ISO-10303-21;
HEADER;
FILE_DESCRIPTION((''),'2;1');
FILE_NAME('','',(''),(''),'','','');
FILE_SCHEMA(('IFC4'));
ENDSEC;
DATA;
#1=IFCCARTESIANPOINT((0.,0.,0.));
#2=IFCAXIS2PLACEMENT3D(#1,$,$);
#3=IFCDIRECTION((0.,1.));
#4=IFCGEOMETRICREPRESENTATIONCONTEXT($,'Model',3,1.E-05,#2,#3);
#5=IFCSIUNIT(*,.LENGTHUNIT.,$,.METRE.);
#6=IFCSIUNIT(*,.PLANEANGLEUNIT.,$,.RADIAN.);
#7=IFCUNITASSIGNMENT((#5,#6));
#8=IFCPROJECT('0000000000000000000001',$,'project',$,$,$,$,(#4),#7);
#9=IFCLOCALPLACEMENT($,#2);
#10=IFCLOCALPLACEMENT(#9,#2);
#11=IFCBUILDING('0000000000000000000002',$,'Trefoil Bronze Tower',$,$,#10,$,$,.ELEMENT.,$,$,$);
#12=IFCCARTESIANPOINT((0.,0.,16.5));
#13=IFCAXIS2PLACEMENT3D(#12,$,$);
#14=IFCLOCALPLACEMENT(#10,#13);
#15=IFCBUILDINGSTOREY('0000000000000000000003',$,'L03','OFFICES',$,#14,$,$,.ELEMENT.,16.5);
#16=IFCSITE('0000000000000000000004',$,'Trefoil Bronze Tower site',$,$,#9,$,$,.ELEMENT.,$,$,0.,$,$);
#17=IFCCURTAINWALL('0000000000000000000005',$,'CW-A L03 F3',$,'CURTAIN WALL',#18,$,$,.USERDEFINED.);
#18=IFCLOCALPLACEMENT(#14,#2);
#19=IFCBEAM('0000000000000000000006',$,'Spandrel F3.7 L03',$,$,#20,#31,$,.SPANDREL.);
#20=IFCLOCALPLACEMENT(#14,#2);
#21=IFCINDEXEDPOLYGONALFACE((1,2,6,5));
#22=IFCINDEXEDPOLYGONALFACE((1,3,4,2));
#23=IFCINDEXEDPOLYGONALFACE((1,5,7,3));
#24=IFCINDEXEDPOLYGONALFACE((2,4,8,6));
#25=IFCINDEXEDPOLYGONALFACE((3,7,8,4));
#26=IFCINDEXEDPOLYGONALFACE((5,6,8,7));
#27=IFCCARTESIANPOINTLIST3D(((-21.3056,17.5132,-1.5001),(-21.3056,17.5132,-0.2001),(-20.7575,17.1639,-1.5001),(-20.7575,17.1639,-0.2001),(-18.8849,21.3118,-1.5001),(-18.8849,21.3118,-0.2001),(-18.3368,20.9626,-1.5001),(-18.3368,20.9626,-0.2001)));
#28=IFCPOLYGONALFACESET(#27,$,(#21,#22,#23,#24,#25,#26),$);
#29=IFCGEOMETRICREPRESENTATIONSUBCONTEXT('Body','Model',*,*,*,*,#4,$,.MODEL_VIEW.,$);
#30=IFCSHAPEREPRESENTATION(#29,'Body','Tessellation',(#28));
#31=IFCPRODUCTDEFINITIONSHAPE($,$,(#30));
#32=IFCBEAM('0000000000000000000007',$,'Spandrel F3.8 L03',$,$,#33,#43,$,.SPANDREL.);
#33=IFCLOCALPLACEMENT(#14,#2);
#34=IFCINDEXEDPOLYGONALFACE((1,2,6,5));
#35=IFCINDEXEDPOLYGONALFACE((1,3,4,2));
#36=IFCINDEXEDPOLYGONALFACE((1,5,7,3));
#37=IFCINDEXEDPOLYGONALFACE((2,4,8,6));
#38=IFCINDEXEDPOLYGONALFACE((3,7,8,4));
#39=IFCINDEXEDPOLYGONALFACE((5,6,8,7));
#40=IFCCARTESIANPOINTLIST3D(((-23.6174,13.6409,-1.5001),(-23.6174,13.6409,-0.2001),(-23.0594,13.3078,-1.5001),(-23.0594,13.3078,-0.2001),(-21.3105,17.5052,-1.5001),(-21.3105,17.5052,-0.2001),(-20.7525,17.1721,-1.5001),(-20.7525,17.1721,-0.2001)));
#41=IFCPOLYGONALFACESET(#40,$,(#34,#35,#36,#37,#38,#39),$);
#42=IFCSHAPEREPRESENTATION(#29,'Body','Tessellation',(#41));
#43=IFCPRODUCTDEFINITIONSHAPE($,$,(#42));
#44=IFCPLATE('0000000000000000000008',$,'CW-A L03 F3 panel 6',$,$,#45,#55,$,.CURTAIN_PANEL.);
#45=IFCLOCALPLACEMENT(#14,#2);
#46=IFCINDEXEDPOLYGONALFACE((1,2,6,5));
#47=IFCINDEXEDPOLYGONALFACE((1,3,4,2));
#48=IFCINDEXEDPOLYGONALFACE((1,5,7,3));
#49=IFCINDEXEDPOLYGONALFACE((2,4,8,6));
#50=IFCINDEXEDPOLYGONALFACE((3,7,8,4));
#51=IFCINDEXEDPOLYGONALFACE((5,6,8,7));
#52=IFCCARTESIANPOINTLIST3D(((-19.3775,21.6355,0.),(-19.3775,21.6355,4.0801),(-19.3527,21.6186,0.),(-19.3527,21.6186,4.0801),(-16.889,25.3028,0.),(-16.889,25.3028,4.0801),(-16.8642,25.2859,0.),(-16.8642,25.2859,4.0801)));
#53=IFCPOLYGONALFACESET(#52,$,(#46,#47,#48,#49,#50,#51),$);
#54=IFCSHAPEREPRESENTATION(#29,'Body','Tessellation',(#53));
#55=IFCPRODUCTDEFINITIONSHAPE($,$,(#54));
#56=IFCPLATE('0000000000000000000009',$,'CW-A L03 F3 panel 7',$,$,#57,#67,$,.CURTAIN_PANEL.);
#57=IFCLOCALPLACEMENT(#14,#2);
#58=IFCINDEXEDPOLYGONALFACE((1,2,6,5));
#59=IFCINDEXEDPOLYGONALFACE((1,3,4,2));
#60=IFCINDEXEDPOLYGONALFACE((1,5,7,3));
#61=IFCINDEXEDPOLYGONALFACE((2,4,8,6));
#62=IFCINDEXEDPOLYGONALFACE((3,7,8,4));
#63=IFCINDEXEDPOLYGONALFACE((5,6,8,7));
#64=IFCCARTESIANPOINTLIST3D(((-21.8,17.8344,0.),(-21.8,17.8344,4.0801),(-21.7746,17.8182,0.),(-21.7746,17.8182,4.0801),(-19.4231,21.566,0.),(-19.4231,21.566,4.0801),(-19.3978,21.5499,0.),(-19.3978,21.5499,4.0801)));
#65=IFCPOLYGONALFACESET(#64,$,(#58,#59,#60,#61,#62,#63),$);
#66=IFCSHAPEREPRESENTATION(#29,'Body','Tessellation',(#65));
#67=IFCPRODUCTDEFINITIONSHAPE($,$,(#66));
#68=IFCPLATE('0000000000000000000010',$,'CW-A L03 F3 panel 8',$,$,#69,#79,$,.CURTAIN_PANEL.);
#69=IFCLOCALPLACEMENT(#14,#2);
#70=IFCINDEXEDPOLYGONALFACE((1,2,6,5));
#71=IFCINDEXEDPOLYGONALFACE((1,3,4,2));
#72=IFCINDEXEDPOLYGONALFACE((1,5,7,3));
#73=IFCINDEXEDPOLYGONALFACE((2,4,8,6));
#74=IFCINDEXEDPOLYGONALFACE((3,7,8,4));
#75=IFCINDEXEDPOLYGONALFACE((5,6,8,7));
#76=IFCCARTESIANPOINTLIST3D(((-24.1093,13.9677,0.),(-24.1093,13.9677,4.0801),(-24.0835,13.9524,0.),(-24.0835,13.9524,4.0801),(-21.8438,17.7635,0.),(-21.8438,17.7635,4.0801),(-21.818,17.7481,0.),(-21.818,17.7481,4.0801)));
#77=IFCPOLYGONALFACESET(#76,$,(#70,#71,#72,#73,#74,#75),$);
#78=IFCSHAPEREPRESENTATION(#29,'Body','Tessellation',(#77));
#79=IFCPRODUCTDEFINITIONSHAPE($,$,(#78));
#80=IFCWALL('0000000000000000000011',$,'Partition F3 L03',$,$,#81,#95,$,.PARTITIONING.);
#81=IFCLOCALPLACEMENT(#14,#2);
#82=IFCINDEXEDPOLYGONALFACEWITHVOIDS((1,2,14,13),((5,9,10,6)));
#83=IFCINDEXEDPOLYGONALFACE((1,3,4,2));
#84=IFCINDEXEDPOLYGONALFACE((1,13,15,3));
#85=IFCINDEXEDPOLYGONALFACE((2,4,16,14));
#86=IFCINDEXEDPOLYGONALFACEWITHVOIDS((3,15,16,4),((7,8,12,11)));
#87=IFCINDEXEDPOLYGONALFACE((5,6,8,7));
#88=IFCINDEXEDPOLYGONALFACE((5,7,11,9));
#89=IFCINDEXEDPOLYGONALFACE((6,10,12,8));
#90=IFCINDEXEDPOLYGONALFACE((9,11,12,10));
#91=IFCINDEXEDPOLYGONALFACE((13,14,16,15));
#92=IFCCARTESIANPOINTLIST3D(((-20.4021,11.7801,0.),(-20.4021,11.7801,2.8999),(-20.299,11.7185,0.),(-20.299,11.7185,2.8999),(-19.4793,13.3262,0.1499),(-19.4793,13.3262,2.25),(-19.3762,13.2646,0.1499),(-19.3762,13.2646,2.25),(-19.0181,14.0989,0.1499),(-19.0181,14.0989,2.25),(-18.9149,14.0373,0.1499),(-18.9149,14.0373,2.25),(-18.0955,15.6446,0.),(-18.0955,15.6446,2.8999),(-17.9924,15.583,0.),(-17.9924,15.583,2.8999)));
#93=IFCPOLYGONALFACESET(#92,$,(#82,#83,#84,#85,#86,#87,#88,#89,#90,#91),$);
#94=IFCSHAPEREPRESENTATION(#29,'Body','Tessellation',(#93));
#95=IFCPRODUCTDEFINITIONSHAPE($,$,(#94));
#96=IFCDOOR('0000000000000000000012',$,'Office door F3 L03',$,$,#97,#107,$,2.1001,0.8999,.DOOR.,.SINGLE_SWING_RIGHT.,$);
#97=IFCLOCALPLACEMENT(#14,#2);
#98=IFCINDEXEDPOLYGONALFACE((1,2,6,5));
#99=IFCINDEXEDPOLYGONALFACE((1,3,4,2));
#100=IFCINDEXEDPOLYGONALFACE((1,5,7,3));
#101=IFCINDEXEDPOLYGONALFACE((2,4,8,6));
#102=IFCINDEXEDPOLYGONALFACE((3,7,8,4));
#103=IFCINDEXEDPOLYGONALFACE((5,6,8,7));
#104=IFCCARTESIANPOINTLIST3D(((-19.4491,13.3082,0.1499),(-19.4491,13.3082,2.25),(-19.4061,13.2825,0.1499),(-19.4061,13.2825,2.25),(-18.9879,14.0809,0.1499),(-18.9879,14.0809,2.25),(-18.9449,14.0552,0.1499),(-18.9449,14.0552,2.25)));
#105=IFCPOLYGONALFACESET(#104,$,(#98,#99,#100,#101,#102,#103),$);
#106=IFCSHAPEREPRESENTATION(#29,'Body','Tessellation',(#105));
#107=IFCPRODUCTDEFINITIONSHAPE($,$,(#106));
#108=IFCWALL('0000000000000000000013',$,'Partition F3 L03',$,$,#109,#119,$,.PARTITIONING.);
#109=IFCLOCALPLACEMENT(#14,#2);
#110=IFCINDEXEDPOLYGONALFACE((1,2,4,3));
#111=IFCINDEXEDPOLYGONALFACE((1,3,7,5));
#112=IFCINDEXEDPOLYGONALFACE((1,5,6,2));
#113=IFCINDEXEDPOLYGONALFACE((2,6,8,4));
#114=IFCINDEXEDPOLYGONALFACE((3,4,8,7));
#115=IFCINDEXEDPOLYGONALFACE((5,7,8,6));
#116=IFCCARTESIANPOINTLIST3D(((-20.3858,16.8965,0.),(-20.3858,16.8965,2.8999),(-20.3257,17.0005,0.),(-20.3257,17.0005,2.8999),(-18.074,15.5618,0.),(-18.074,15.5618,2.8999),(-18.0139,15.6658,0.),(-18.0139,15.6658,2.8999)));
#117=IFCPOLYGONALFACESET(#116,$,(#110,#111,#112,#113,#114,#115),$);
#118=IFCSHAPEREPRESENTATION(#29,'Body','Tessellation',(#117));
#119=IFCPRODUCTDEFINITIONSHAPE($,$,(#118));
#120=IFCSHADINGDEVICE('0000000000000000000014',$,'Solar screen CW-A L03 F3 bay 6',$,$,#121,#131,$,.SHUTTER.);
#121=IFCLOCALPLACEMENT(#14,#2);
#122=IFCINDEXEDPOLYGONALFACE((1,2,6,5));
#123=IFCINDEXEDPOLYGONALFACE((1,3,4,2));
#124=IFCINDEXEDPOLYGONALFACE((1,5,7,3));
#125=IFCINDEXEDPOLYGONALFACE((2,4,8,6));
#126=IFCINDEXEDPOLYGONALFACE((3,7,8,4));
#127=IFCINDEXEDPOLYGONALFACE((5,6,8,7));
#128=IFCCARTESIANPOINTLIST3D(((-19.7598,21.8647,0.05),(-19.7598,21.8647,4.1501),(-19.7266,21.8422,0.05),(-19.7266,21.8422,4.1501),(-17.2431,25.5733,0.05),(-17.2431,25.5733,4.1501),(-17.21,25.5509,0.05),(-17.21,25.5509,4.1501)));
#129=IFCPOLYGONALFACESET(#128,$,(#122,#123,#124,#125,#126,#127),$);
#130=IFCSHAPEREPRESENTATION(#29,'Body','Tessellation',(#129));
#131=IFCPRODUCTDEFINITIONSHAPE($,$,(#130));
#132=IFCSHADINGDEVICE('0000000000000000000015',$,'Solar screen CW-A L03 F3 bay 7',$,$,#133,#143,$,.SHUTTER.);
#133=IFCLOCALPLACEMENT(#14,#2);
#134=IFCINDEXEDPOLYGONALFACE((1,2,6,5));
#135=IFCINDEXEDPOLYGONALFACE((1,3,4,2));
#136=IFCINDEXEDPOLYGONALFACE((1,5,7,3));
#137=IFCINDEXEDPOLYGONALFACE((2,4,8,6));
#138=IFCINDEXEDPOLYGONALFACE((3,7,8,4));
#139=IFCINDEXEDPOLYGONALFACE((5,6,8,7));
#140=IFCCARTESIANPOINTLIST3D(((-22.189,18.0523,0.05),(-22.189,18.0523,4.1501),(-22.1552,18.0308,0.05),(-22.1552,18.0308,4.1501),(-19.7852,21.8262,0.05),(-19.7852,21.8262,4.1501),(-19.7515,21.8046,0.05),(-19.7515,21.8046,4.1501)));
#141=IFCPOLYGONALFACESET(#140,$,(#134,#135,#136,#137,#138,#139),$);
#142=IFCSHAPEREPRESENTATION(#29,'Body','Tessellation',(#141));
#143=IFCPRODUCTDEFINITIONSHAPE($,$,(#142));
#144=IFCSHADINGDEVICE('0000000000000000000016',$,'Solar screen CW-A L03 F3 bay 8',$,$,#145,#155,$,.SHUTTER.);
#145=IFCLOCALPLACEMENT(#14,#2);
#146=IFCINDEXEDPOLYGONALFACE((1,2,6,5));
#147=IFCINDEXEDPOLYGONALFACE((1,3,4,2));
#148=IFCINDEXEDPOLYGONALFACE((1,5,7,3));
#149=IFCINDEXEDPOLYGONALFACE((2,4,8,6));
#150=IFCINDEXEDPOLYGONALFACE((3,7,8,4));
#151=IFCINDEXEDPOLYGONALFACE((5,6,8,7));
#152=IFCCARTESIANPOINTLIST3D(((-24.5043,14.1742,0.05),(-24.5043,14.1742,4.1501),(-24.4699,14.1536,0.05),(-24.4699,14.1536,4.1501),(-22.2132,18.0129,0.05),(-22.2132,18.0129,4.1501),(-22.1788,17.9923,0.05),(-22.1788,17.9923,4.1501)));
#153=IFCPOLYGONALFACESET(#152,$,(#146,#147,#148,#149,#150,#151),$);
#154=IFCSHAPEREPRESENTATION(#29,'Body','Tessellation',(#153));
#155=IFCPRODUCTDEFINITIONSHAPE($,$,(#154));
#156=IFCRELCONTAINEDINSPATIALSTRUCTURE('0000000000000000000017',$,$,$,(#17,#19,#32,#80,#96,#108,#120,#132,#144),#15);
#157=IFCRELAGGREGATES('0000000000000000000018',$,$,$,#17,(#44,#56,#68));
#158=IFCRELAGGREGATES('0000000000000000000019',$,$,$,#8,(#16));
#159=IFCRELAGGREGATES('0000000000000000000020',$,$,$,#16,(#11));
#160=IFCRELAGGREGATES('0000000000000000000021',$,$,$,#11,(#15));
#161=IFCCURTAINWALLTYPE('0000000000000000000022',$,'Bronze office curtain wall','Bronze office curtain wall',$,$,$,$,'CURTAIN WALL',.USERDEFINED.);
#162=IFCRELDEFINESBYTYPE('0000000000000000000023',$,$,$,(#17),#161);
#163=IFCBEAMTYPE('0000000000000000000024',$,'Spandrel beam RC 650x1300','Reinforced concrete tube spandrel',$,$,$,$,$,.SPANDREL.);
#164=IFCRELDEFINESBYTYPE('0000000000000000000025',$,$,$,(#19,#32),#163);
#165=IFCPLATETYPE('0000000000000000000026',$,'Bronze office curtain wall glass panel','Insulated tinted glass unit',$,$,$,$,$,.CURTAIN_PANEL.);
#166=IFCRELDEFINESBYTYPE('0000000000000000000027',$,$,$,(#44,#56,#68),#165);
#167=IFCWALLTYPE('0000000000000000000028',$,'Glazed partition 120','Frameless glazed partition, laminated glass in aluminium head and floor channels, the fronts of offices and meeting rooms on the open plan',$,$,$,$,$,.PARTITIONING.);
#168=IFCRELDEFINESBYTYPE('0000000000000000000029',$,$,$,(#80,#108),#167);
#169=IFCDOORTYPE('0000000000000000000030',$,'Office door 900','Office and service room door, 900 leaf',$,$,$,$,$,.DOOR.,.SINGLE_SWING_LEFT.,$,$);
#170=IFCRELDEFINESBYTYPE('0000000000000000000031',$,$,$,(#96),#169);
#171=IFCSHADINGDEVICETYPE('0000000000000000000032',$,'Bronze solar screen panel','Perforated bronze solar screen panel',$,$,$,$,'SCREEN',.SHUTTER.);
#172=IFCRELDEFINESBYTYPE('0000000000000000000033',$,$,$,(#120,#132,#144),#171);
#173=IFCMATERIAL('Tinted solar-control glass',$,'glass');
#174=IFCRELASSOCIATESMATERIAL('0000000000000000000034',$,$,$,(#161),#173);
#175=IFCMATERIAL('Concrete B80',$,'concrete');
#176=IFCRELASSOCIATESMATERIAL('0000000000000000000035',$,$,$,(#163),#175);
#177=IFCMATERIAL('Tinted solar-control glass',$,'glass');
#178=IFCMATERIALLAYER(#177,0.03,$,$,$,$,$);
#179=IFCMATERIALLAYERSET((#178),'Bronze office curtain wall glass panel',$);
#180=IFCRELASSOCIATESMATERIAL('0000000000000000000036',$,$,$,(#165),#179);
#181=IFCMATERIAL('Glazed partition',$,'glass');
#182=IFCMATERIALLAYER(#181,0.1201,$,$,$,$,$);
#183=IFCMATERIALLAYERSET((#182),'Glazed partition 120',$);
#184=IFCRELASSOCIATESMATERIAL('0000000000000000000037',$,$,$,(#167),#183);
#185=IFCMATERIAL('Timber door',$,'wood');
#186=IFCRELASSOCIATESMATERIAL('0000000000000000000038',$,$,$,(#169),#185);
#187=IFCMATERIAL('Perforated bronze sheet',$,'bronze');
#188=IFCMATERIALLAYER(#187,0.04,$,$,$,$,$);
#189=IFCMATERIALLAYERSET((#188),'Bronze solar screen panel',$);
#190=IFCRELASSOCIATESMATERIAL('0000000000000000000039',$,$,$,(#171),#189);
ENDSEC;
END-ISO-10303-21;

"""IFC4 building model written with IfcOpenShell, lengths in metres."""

from ifc_helpers import new_model, si_unit, direction, frame, frame_2d, origin, origin_2d, place, context, subcontext, project, spatial, rectangle, extrude, material, layer, layer_set, material_profile, profile_set, type_object, element, fill, aggregate, save


model = new_model("IFC4")

# Units and contexts
model_context = context("Model", 3, precision=1e-05, world=origin(), true_north=direction((0.0, 1.0)))
body_context = subcontext(model_context, "Body", "Model", "MODEL_VIEW")
ifc_project = project(units=[si_unit("LENGTHUNIT", "METRE"), si_unit("PLANEANGLEUNIT", "RADIAN")], contexts=[model_context])

# Site, building, storey
site_placement = place(None, origin())
site = spatial("IfcSite", under=ifc_project, at=site_placement, Name="Trefoil Bronze Tower site", CompositionType="ELEMENT", RefElevation=0.0)
building_placement = place(site_placement, origin())
building = spatial("IfcBuilding", under=site, at=building_placement, Name="Trefoil Bronze Tower", CompositionType="ELEMENT")
storey_placement = place(building_placement, frame((0.0, 0.0, 16.5)))
storey = spatial("IfcBuildingStorey", under=building, at=storey_placement, Name="L03", Description="OFFICES", CompositionType="ELEMENT", Elevation=16.5)

# Curtain wall
ifc_material_1 = material(Name="Tinted solar-control glass", Category="glass")
curtain_wall_type = type_object("IfcCurtainWallType", Name="Bronze office curtain wall", Description="Bronze office curtain wall", ElementType="CURTAIN WALL", PredefinedType="USERDEFINED", material=ifc_material_1)
curtain_wall_placement = place(storey_placement, origin())
curtain_wall = element("IfcCurtainWall", 1, at=curtain_wall_placement, inside=storey, type_object=curtain_wall_type, Name="CW-A L03 F3", ObjectType="CURTAIN WALL", PredefinedType="USERDEFINED")

# Beams
ifc_material_2 = material(Name="Concrete B80", Category="concrete")
ifc_material_profile_1 = material_profile(ifc_material_2, rectangle(XDim=0.6499, YDim=1.3, at=origin_2d()), Name="RC 650x1300")
ifc_profile_set_1 = profile_set([ifc_material_profile_1], Name="Concrete B80")
beam_type_1 = type_object("IfcBeamType", Name="Spandrel beam RC 650x1300", Description="Reinforced concrete tube spandrel", PredefinedType="SPANDREL", material=ifc_profile_set_1)
beam_1_placement = place(storey_placement, frame((-18.6108, 21.1372, -0.8501), z_axis=(-0.537408, -0.843322, 0.0), x_axis=(0.843322, -0.537408, 0.0)))
element("IfcBeam", 2, at=beam_1_placement, inside=storey, type_object=beam_type_1, Name="Spandrel F3.7 L03", PredefinedType="SPANDREL", context=body_context, shape_type="SweptSolid", body=[
    extrude(rectangle(XDim=0.6499, YDim=1.3, at=origin_2d()), origin(), (0.0, 0.0, 1.0), 4.5044),
])
beam_2_placement = place(storey_placement, frame((-21.0315, 17.3386, -0.8501), z_axis=(-0.512588, -0.858635, 0.0), x_axis=(0.858635, -0.512588, 0.0)))
element("IfcBeam", 3, at=beam_2_placement, inside=storey, type_object=beam_type_1, Name="Spandrel F3.8 L03", PredefinedType="SPANDREL", context=body_context, shape_type="SweptSolid", body=[
    extrude(rectangle(XDim=0.6499, YDim=1.3, at=origin_2d()), origin(), (0.0, 0.0, 1.0), 4.5005),
])

# Plates
ifc_material_3 = material(Name="Tinted solar-control glass", Category="glass")
ifc_layer_1 = layer(ifc_material_3, 0.03)
ifc_layer_set_1 = layer_set([ifc_layer_1], Name="Bronze office curtain wall glass panel")
plate_type = type_object("IfcPlateType", Name="Bronze office curtain wall glass panel", Description="Insulated tinted glass unit", PredefinedType="CURTAIN_PANEL", material=ifc_layer_set_1)
plate_1_placement = place(storey_placement, frame((-18.1208, 23.4607, 0.0), z_axis=(0.0, 0.0, 1.0), x_axis=(-0.56151, -0.82747, 0.0)))
plate_1 = element("IfcPlate", 4, at=plate_1_placement, type_object=plate_type, Name="CW-A L03 F3 panel 6", PredefinedType="CURTAIN_PANEL", context=body_context, shape_type="SweptSolid", body=[
    extrude(rectangle(XDim=4.4319, YDim=0.03, at=origin_2d()), origin(), (0.0, 0.0, 1.0), 4.0801),
])
plate_2_placement = place(storey_placement, frame((-20.5989, 19.6921, 0.0), z_axis=(0.0, 0.0, 1.0), x_axis=(-0.537222, -0.843441, 0.0)))
plate_2 = element("IfcPlate", 5, at=plate_2_placement, type_object=plate_type, Name="CW-A L03 F3 panel 7", PredefinedType="CURTAIN_PANEL", context=body_context, shape_type="SweptSolid", body=[
    extrude(rectangle(XDim=4.4243, YDim=0.03, at=origin_2d()), origin(), (0.0, 0.0, 1.0), 4.0801),
])
plate_3_placement = place(storey_placement, frame((-22.9636, 15.8579, 0.0), z_axis=(0.0, 0.0, 1.0), x_axis=(-0.512513, -0.85868, 0.0)))
plate_3 = element("IfcPlate", 6, at=plate_3_placement, type_object=plate_type, Name="CW-A L03 F3 panel 8", PredefinedType="CURTAIN_PANEL", context=body_context, shape_type="SweptSolid", body=[
    extrude(rectangle(XDim=4.4204, YDim=0.03, at=origin_2d()), origin(), (0.0, 0.0, 1.0), 4.0801),
])
aggregate(curtain_wall, [plate_1, plate_2, plate_3])

# Wall, opening, door
ifc_material_4 = material(Name="Glazed partition", Category="glass")
ifc_layer_2 = layer(ifc_material_4, 0.1201)
ifc_layer_set_2 = layer_set([ifc_layer_2], Name="Glazed partition 120")
wall_type = type_object("IfcWallType", Name="Glazed partition 120", Description="Frameless glazed partition, laminated glass in aluminium head and floor channels, the fronts of offices and meeting rooms on the open plan", PredefinedType="PARTITIONING", material=ifc_layer_set_2)
wall_1_placement = place(storey_placement, frame((-18.0439, 15.6138, 0.0), z_axis=(0.0, 0.0, 1.0), x_axis=(-0.512524, -0.858673, 0.0)))
wall_1 = element("IfcWall", 7, at=wall_1_placement, inside=storey, type_object=wall_type, Name="Partition F3 L03", PredefinedType="PARTITIONING", context=body_context, shape_type="SweptSolid", body=[
    extrude(rectangle(XDim=4.5005, YDim=0.1201, at=frame_2d((2.2502, 0.0))), origin(), (0.0, 0.0, 1.0), 2.8999),
])
opening_placement = place(wall_1_placement, frame((1.8, 0.0, 0.1499)))
opening = element("IfcOpeningElement", 8, at=opening_placement, cuts=wall_1, PredefinedType="OPENING", context=body_context, shape_type="SweptSolid", body=[
    extrude(rectangle(XDim=0.8999, YDim=2.1001, at=frame_2d((0.45, 1.05))), frame((0.0, 0.0701, 0.0), z_axis=(0.0, -1.0, 0.0), x_axis=(1.0, 0.0, 0.0)), (0.0, 0.0, 1.0), 0.1401),
])
ifc_material_5 = material(Name="Timber door", Category="wood")
door_type = type_object("IfcDoorType", Name="Office door 900", Description="Office and service room door, 900 leaf", OperationType="SINGLE_SWING_LEFT", PredefinedType="DOOR", material=ifc_material_5)
door_placement = place(opening_placement, frame((0.8999, 0.0, 0.0), z_axis=(0.0, 0.0, 1.0), x_axis=(-1.0, 0.0, 0.0)))
door = element("IfcDoor", 9, at=door_placement, inside=storey, type_object=door_type, Name="Office door F3 L03", OperationType="SINGLE_SWING_RIGHT", OverallHeight=2.1001, OverallWidth=0.8999, PredefinedType="DOOR", context=body_context, shape_type="SweptSolid", body=[
    extrude(rectangle(XDim=0.8999, YDim=2.1001, at=frame_2d((0.45, 1.05))), frame((0.0, 0.0249, 0.0), z_axis=(0.0, -1.0, 0.0), x_axis=(1.0, 0.0, 0.0)), (0.0, 0.0, 1.0), 0.05),
])
fill(opening, door)

# Wall
wall_2_placement = place(storey_placement, frame((-18.0439, 15.6138, 0.0), z_axis=(0.0, 0.0, 1.0), x_axis=(-0.866023, 0.500005, 0.0)))
element("IfcWall", 10, at=wall_2_placement, inside=storey, type_object=wall_type, Name="Partition F3 L03", PredefinedType="PARTITIONING", context=body_context, shape_type="SweptSolid", body=[
    extrude(rectangle(XDim=2.6694, YDim=0.1201, at=frame_2d((1.3347, 0.0))), origin(), (0.0, 0.0, 1.0), 2.8999),
])

# Shading devices
ifc_material_6 = material(Name="Perforated bronze sheet", Category="bronze")
ifc_layer_3 = layer(ifc_material_6, 0.04)
ifc_layer_set_3 = layer_set([ifc_layer_3], Name="Bronze solar screen panel")
shading_device_type = type_object("IfcShadingDeviceType", Name="Bronze solar screen panel", Description="Perforated bronze solar screen panel", ElementType="SCREEN", PredefinedType="SHUTTER", material=ifc_layer_set_3)
shading_device_1_placement = place(storey_placement, frame((-18.4849, 23.7078, 0.05), z_axis=(0.0, 0.0, 1.0), x_axis=(-0.56151, -0.82747, 0.0)))
element("IfcShadingDevice", 11, at=shading_device_1_placement, inside=storey, type_object=shading_device_type, Name="Solar screen CW-A L03 F3 bay 6", PredefinedType="SHUTTER", context=body_context, shape_type="SweptSolid", body=[
    extrude(rectangle(XDim=4.4819, YDim=0.04, at=origin_2d()), origin(), (0.0, 0.0, 1.0), 4.1001),
])
shading_device_2_placement = place(storey_placement, frame((-20.9702, 19.9285, 0.05), z_axis=(0.0, 0.0, 1.0), x_axis=(-0.537222, -0.843441, 0.0)))
element("IfcShadingDevice", 12, at=shading_device_2_placement, inside=storey, type_object=shading_device_type, Name="Solar screen CW-A L03 F3 bay 7", PredefinedType="SHUTTER", context=body_context, shape_type="SweptSolid", body=[
    extrude(rectangle(XDim=4.4744, YDim=0.04, at=origin_2d()), origin(), (0.0, 0.0, 1.0), 4.1001),
])
shading_device_3_placement = place(storey_placement, frame((-23.3416, 16.0833, 0.05), z_axis=(0.0, 0.0, 1.0), x_axis=(-0.512513, -0.85868, 0.0)))
element("IfcShadingDevice", 13, at=shading_device_3_placement, inside=storey, type_object=shading_device_type, Name="Solar screen CW-A L03 F3 bay 8", PredefinedType="SHUTTER", context=body_context, shape_type="SweptSolid", body=[
    extrude(rectangle(XDim=4.4705, YDim=0.04, at=origin_2d()), origin(), (0.0, 0.0, 1.0), 4.1001),
])

save(model, "model.ifc")
